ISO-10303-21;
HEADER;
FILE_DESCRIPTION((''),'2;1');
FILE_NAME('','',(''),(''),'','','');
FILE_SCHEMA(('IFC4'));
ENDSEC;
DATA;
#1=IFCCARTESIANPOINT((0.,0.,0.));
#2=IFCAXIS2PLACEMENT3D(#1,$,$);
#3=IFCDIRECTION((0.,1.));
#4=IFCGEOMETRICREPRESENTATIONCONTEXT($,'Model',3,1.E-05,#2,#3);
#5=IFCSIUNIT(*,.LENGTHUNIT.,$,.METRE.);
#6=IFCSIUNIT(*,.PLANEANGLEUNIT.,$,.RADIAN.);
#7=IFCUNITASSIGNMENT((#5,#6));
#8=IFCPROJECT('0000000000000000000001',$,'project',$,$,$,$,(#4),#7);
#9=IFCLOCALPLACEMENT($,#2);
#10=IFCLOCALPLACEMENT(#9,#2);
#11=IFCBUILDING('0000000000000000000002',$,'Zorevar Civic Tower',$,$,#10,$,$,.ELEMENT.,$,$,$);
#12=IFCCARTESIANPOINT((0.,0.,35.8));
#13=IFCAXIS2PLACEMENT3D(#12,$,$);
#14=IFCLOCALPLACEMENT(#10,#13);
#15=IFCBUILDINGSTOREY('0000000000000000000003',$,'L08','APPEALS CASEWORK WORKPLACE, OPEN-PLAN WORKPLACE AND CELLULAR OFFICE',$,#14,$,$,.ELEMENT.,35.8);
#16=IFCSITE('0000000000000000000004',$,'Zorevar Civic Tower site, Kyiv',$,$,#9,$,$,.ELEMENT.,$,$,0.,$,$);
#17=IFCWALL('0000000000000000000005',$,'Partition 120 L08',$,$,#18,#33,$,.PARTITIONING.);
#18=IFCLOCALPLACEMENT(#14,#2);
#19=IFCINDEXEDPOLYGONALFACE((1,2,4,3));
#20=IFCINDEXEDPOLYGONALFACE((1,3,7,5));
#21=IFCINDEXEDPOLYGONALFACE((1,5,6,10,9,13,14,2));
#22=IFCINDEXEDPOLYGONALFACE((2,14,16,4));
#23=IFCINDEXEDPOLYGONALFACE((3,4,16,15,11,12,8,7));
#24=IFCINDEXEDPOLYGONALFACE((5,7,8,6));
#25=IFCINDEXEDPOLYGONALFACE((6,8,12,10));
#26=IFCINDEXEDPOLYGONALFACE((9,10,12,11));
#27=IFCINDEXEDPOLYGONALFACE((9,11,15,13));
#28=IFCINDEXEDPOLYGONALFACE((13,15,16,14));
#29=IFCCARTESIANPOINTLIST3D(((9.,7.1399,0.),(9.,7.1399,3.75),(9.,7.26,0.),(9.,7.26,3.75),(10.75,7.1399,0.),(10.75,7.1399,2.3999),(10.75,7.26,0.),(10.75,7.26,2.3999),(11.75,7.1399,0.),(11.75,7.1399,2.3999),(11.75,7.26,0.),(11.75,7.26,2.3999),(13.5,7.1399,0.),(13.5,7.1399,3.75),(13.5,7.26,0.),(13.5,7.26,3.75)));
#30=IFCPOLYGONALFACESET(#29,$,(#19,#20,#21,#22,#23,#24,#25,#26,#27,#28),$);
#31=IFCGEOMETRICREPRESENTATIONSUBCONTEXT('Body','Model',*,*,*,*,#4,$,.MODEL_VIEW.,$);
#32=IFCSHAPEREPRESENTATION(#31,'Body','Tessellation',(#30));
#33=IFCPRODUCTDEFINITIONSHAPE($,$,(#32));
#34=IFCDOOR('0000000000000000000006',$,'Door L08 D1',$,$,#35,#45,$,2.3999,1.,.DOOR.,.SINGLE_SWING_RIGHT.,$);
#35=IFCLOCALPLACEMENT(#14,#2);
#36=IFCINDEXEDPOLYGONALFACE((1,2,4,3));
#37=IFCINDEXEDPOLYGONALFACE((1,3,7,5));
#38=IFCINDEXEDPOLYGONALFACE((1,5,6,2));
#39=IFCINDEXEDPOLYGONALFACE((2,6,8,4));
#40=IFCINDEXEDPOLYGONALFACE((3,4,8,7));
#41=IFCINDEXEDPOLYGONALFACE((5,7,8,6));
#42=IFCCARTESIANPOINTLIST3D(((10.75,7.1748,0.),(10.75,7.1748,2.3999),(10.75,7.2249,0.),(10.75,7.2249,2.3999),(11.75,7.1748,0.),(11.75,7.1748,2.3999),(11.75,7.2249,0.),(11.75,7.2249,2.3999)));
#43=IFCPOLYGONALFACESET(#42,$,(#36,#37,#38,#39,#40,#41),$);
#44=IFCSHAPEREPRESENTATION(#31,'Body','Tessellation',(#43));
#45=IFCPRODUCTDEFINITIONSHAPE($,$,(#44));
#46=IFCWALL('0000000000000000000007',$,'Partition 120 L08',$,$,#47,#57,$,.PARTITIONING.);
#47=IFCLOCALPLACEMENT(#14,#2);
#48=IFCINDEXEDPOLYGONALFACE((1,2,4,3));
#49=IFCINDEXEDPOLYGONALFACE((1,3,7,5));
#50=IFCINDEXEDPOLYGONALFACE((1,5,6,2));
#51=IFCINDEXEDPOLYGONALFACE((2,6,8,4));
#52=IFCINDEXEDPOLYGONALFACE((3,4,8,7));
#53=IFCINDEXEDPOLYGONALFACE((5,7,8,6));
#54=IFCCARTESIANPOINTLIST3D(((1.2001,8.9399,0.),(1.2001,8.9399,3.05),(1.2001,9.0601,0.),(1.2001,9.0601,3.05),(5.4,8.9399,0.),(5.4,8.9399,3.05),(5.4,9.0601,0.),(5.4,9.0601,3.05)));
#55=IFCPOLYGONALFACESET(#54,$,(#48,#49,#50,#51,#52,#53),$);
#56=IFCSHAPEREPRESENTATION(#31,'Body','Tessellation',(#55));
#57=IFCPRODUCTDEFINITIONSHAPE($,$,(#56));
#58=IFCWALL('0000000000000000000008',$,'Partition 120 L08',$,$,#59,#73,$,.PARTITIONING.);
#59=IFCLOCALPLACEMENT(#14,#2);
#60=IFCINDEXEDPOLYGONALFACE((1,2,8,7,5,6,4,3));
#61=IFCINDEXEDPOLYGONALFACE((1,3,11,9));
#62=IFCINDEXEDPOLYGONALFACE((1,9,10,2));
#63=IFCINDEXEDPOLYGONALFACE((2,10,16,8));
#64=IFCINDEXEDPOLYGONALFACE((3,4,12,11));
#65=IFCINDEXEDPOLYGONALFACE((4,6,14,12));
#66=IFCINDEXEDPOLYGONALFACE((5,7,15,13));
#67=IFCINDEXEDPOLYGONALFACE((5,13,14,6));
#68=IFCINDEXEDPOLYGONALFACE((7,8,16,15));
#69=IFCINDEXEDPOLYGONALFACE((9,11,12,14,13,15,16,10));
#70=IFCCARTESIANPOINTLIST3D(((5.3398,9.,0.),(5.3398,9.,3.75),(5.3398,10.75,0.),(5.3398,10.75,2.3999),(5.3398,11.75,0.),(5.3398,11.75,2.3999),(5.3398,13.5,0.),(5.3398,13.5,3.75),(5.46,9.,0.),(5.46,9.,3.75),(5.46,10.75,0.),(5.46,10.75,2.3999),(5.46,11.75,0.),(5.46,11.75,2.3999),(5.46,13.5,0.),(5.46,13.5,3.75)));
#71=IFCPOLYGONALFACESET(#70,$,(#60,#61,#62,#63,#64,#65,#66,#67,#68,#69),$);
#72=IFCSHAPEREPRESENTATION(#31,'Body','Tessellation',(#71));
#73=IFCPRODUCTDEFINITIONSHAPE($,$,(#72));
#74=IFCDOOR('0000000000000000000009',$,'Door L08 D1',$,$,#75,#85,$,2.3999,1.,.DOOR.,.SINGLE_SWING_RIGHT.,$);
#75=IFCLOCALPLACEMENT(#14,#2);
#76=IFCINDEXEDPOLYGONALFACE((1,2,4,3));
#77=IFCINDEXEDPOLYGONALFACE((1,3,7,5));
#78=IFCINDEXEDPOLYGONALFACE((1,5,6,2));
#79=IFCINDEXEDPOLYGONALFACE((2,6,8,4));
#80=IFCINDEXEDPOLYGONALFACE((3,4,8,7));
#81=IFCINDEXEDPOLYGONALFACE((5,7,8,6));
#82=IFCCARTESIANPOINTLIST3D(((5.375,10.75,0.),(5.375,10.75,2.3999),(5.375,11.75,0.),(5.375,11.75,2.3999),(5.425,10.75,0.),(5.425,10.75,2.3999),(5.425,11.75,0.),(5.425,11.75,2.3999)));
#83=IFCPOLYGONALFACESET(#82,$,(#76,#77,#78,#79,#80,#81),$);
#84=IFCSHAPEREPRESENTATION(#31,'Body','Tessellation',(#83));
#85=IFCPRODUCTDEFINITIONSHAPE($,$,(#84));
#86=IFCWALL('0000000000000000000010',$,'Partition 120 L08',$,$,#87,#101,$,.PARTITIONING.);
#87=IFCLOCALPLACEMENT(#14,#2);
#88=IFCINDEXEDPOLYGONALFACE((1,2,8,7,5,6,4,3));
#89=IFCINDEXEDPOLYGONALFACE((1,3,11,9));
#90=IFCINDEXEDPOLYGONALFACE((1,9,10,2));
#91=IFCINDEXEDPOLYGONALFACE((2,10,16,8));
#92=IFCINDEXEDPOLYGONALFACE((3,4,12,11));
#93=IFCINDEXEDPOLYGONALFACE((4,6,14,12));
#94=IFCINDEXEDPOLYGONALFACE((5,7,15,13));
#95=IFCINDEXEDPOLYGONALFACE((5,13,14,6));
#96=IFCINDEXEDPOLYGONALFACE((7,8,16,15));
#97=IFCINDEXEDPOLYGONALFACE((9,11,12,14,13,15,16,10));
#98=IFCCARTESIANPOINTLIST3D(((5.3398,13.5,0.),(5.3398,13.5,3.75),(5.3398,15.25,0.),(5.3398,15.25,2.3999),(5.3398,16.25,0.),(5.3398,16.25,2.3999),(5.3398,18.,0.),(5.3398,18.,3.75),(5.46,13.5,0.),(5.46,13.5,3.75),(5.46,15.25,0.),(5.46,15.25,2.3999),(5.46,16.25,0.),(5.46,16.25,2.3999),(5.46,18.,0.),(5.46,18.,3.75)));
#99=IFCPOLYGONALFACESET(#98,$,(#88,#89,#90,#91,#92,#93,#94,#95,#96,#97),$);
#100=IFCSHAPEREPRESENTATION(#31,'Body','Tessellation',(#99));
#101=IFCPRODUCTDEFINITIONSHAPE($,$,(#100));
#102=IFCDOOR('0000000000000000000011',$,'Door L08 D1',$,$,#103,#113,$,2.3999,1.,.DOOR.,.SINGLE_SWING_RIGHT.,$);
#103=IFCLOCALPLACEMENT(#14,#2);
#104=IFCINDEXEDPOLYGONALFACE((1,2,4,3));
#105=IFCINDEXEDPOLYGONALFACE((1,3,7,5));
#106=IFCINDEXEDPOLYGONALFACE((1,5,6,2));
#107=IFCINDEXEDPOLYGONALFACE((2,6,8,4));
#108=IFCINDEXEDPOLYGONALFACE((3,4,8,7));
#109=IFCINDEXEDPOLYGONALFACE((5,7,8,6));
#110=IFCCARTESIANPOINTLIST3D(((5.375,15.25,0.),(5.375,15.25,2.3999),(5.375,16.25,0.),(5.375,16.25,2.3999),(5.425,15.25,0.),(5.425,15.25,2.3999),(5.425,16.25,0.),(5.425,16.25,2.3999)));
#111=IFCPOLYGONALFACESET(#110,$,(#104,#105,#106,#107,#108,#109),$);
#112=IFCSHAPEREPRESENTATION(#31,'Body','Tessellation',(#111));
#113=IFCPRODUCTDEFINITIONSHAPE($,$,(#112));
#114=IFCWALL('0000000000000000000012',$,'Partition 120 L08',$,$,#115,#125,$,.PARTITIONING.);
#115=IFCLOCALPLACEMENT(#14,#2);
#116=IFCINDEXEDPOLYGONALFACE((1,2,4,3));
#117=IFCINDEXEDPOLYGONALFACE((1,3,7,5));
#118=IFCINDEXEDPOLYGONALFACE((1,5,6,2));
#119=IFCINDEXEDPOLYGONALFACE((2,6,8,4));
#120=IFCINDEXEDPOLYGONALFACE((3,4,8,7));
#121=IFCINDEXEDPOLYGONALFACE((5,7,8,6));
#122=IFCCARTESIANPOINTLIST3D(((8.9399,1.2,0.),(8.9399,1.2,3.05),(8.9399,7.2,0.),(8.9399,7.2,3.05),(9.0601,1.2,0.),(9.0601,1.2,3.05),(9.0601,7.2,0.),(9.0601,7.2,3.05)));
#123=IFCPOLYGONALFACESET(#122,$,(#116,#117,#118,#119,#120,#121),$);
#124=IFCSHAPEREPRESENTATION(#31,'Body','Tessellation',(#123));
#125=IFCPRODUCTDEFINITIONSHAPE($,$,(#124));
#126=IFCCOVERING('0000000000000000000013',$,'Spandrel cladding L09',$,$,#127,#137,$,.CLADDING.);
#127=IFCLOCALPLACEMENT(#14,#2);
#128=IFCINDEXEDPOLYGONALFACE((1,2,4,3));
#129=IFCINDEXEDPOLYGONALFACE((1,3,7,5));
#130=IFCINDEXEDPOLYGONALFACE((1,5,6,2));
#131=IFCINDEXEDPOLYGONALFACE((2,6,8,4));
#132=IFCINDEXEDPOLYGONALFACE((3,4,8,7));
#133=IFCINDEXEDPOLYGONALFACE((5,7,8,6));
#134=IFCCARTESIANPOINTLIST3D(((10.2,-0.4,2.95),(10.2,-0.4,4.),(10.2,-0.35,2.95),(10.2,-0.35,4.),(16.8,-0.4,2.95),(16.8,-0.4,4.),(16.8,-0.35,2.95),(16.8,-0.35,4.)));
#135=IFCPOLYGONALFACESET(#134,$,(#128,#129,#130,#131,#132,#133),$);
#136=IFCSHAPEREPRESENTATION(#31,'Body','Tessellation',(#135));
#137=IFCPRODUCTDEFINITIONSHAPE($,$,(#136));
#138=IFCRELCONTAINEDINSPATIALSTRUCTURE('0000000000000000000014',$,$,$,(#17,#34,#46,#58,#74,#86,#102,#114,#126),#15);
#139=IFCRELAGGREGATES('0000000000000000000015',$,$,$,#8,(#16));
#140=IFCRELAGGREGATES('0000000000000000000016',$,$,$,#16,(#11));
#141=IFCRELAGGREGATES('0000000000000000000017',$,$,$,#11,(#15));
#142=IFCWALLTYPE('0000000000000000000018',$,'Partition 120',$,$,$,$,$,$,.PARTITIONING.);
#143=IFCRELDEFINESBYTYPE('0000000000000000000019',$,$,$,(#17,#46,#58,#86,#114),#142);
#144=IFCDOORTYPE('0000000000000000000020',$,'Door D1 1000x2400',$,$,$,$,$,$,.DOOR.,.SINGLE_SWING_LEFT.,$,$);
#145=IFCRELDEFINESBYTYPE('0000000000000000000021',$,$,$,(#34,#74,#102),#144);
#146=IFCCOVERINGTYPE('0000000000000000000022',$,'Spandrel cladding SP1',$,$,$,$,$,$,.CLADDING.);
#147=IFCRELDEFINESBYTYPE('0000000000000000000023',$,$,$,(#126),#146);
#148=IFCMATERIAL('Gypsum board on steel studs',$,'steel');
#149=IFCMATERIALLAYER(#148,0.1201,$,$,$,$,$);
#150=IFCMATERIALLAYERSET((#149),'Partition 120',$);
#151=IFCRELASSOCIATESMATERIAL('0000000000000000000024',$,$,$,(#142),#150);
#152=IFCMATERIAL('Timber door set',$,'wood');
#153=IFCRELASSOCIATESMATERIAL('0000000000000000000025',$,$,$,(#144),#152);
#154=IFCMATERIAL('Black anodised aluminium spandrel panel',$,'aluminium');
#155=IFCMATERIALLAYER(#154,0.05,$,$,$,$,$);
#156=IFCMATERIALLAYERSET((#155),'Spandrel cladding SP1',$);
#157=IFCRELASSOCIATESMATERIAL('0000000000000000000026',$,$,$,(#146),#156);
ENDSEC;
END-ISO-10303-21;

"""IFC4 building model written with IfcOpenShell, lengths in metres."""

from ifc_helpers import new_model, si_unit, direction, frame, frame_2d, origin, place, context, subcontext, project, spatial, rectangle, extrude, material, layer, layer_set, type_object, element, fill, save


model = new_model("IFC4")

# Units and contexts
model_context = context("Model", 3, precision=1e-05, world=origin(), true_north=direction((0.0, 1.0)))
body_context = subcontext(model_context, "Body", "Model", "MODEL_VIEW")
ifc_project = project(units=[si_unit("LENGTHUNIT", "METRE"), si_unit("PLANEANGLEUNIT", "RADIAN")], contexts=[model_context])

# Site, building, storey
site_placement = place(None, origin())
site = spatial("IfcSite", under=ifc_project, at=site_placement, Name="Zorevar Civic Tower site, Kyiv", CompositionType="ELEMENT", RefElevation=0.0)
building_placement = place(site_placement, origin())
building = spatial("IfcBuilding", under=site, at=building_placement, Name="Zorevar Civic Tower", CompositionType="ELEMENT")
storey_placement = place(building_placement, frame((0.0, 0.0, 35.8)))
storey = spatial("IfcBuildingStorey", under=building, at=storey_placement, Name="L08", Description="APPEALS CASEWORK WORKPLACE, OPEN-PLAN WORKPLACE AND CELLULAR OFFICE", CompositionType="ELEMENT", Elevation=35.8)

# Wall, opening, door
ifc_material_1 = material(Name="Gypsum board on steel studs", Category="steel")
ifc_layer_1 = layer(ifc_material_1, 0.1201)
ifc_layer_set_1 = layer_set([ifc_layer_1], Name="Partition 120")
wall_type_1 = type_object("IfcWallType", Name="Partition 120", PredefinedType="PARTITIONING", material=ifc_layer_set_1)
wall_1_placement = place(storey_placement, frame((9.0, 7.2, 0.0), z_axis=(0.0, 0.0, 1.0), x_axis=(1.0, 0.0, 0.0)))
wall_1 = element("IfcWall", 1, at=wall_1_placement, inside=storey, type_object=wall_type_1, Name="Partition 120 L08", PredefinedType="PARTITIONING", context=body_context, shape_type="SweptSolid", body=[
    extrude(rectangle(XDim=4.5, YDim=0.1201, at=frame_2d((2.25, 0.0))), origin(), (0.0, 0.0, 1.0), 3.75),
])
opening_1_placement = place(wall_1_placement, frame((1.75, 0.0, 0.0)))
opening_1 = element("IfcOpeningElement", 2, at=opening_1_placement, cuts=wall_1, PredefinedType="OPENING", context=body_context, shape_type="SweptSolid", body=[
    extrude(rectangle(XDim=1.0, YDim=2.3999, at=frame_2d((0.5, 1.2))), frame((0.0, 0.0701, 0.0), z_axis=(0.0, -1.0, 0.0), x_axis=(1.0, 0.0, 0.0)), (0.0, 0.0, 1.0), 0.1401),
])
ifc_material_2 = material(Name="Timber door set", Category="wood")
door_type = type_object("IfcDoorType", Name="Door D1 1000x2400", OperationType="SINGLE_SWING_LEFT", PredefinedType="DOOR", material=ifc_material_2)
door_1_placement = place(opening_1_placement, origin())
door_1 = element("IfcDoor", 3, at=door_1_placement, inside=storey, type_object=door_type, Name="Door L08 D1", OperationType="SINGLE_SWING_RIGHT", OverallHeight=2.3999, OverallWidth=1.0, PredefinedType="DOOR", context=body_context, shape_type="SweptSolid", body=[
    extrude(rectangle(XDim=1.0, YDim=2.3999, at=frame_2d((0.5, 1.2))), frame((0.0, 0.0249, 0.0), z_axis=(0.0, -1.0, 0.0), x_axis=(1.0, 0.0, 0.0)), (0.0, 0.0, 1.0), 0.05),
])
fill(opening_1, door_1)

# Wall
wall_2_placement = place(storey_placement, frame((1.2, 9.0, 0.0), z_axis=(0.0, 0.0, 1.0), x_axis=(1.0, 0.0, 0.0)))
element("IfcWall", 4, at=wall_2_placement, inside=storey, type_object=wall_type_1, Name="Partition 120 L08", PredefinedType="PARTITIONING", context=body_context, shape_type="SweptSolid", body=[
    extrude(rectangle(XDim=4.2, YDim=0.1201, at=frame_2d((2.1001, 0.0))), origin(), (0.0, 0.0, 1.0), 3.05),
])

# Walls, openings, doors
wall_3_placement = place(storey_placement, frame((5.3999, 9.0, 0.0), z_axis=(0.0, 0.0, 1.0), x_axis=(0.0, 1.0, 0.0)))
wall_3 = element("IfcWall", 5, at=wall_3_placement, inside=storey, type_object=wall_type_1, Name="Partition 120 L08", PredefinedType="PARTITIONING", context=body_context, shape_type="SweptSolid", body=[
    extrude(rectangle(XDim=4.5, YDim=0.1201, at=frame_2d((2.25, 0.0))), origin(), (0.0, 0.0, 1.0), 3.75),
])
opening_2_placement = place(wall_3_placement, frame((1.75, 0.0, 0.0)))
opening_2 = element("IfcOpeningElement", 6, at=opening_2_placement, cuts=wall_3, PredefinedType="OPENING", context=body_context, shape_type="SweptSolid", body=[
    extrude(rectangle(XDim=1.0, YDim=2.3999, at=frame_2d((0.5, 1.2))), frame((0.0, 0.0701, 0.0), z_axis=(0.0, -1.0, 0.0), x_axis=(1.0, 0.0, 0.0)), (0.0, 0.0, 1.0), 0.1401),
])
door_2_placement = place(opening_2_placement, origin())
door_2 = element("IfcDoor", 7, at=door_2_placement, inside=storey, type_object=door_type, Name="Door L08 D1", OperationType="SINGLE_SWING_RIGHT", OverallHeight=2.3999, OverallWidth=1.0, PredefinedType="DOOR", context=body_context, shape_type="SweptSolid", body=[
    extrude(rectangle(XDim=1.0, YDim=2.3999, at=frame_2d((0.5, 1.2))), frame((0.0, 0.0249, 0.0), z_axis=(0.0, -1.0, 0.0), x_axis=(1.0, 0.0, 0.0)), (0.0, 0.0, 1.0), 0.05),
])
fill(opening_2, door_2)
wall_4_placement = place(storey_placement, frame((5.3999, 13.5, 0.0), z_axis=(0.0, 0.0, 1.0), x_axis=(0.0, 1.0, 0.0)))
wall_4 = element("IfcWall", 8, at=wall_4_placement, inside=storey, type_object=wall_type_1, Name="Partition 120 L08", PredefinedType="PARTITIONING", context=body_context, shape_type="SweptSolid", body=[
    extrude(rectangle(XDim=4.5, YDim=0.1201, at=frame_2d((2.25, 0.0))), origin(), (0.0, 0.0, 1.0), 3.75),
])
opening_3_placement = place(wall_4_placement, frame((1.75, 0.0, 0.0)))
opening_3 = element("IfcOpeningElement", 9, at=opening_3_placement, cuts=wall_4, PredefinedType="OPENING", context=body_context, shape_type="SweptSolid", body=[
    extrude(rectangle(XDim=1.0, YDim=2.3999, at=frame_2d((0.5, 1.2))), frame((0.0, 0.0701, 0.0), z_axis=(0.0, -1.0, 0.0), x_axis=(1.0, 0.0, 0.0)), (0.0, 0.0, 1.0), 0.1401),
])
door_3_placement = place(opening_3_placement, origin())
door_3 = element("IfcDoor", 10, at=door_3_placement, inside=storey, type_object=door_type, Name="Door L08 D1", OperationType="SINGLE_SWING_RIGHT", OverallHeight=2.3999, OverallWidth=1.0, PredefinedType="DOOR", context=body_context, shape_type="SweptSolid", body=[
    extrude(rectangle(XDim=1.0, YDim=2.3999, at=frame_2d((0.5, 1.2))), frame((0.0, 0.0249, 0.0), z_axis=(0.0, -1.0, 0.0), x_axis=(1.0, 0.0, 0.0)), (0.0, 0.0, 1.0), 0.05),
])
fill(opening_3, door_3)

# Wall
wall_5_placement = place(storey_placement, frame((9.0, 1.2, 0.0), z_axis=(0.0, 0.0, 1.0), x_axis=(0.0, 1.0, 0.0)))
element("IfcWall", 11, at=wall_5_placement, inside=storey, type_object=wall_type_1, Name="Partition 120 L08", PredefinedType="PARTITIONING", context=body_context, shape_type="SweptSolid", body=[
    extrude(rectangle(XDim=6.0, YDim=0.1201, at=frame_2d((3.0, 0.0))), origin(), (0.0, 0.0, 1.0), 3.05),
])

# Covering
ifc_material_3 = material(Name="Black anodised aluminium spandrel panel", Category="aluminium")
ifc_layer_2 = layer(ifc_material_3, 0.05)
ifc_layer_set_2 = layer_set([ifc_layer_2], Name="Spandrel cladding SP1")
covering_type = type_object("IfcCoveringType", Name="Spandrel cladding SP1", PredefinedType="CLADDING", material=ifc_layer_set_2)
covering_placement = place(storey_placement, frame((10.2, -0.375, 2.95), z_axis=(0.0, 0.0, 1.0), x_axis=(1.0, 0.0, 0.0)))
element("IfcCovering", 12, at=covering_placement, inside=storey, type_object=covering_type, Name="Spandrel cladding L09", PredefinedType="CLADDING", context=body_context, shape_type="SweptSolid", body=[
    extrude(rectangle(XDim=6.6001, YDim=0.05, at=frame_2d((3.3, 0.0))), origin(), (0.0, 0.0, 1.0), 1.05),
])

save(model, "model.ifc")
